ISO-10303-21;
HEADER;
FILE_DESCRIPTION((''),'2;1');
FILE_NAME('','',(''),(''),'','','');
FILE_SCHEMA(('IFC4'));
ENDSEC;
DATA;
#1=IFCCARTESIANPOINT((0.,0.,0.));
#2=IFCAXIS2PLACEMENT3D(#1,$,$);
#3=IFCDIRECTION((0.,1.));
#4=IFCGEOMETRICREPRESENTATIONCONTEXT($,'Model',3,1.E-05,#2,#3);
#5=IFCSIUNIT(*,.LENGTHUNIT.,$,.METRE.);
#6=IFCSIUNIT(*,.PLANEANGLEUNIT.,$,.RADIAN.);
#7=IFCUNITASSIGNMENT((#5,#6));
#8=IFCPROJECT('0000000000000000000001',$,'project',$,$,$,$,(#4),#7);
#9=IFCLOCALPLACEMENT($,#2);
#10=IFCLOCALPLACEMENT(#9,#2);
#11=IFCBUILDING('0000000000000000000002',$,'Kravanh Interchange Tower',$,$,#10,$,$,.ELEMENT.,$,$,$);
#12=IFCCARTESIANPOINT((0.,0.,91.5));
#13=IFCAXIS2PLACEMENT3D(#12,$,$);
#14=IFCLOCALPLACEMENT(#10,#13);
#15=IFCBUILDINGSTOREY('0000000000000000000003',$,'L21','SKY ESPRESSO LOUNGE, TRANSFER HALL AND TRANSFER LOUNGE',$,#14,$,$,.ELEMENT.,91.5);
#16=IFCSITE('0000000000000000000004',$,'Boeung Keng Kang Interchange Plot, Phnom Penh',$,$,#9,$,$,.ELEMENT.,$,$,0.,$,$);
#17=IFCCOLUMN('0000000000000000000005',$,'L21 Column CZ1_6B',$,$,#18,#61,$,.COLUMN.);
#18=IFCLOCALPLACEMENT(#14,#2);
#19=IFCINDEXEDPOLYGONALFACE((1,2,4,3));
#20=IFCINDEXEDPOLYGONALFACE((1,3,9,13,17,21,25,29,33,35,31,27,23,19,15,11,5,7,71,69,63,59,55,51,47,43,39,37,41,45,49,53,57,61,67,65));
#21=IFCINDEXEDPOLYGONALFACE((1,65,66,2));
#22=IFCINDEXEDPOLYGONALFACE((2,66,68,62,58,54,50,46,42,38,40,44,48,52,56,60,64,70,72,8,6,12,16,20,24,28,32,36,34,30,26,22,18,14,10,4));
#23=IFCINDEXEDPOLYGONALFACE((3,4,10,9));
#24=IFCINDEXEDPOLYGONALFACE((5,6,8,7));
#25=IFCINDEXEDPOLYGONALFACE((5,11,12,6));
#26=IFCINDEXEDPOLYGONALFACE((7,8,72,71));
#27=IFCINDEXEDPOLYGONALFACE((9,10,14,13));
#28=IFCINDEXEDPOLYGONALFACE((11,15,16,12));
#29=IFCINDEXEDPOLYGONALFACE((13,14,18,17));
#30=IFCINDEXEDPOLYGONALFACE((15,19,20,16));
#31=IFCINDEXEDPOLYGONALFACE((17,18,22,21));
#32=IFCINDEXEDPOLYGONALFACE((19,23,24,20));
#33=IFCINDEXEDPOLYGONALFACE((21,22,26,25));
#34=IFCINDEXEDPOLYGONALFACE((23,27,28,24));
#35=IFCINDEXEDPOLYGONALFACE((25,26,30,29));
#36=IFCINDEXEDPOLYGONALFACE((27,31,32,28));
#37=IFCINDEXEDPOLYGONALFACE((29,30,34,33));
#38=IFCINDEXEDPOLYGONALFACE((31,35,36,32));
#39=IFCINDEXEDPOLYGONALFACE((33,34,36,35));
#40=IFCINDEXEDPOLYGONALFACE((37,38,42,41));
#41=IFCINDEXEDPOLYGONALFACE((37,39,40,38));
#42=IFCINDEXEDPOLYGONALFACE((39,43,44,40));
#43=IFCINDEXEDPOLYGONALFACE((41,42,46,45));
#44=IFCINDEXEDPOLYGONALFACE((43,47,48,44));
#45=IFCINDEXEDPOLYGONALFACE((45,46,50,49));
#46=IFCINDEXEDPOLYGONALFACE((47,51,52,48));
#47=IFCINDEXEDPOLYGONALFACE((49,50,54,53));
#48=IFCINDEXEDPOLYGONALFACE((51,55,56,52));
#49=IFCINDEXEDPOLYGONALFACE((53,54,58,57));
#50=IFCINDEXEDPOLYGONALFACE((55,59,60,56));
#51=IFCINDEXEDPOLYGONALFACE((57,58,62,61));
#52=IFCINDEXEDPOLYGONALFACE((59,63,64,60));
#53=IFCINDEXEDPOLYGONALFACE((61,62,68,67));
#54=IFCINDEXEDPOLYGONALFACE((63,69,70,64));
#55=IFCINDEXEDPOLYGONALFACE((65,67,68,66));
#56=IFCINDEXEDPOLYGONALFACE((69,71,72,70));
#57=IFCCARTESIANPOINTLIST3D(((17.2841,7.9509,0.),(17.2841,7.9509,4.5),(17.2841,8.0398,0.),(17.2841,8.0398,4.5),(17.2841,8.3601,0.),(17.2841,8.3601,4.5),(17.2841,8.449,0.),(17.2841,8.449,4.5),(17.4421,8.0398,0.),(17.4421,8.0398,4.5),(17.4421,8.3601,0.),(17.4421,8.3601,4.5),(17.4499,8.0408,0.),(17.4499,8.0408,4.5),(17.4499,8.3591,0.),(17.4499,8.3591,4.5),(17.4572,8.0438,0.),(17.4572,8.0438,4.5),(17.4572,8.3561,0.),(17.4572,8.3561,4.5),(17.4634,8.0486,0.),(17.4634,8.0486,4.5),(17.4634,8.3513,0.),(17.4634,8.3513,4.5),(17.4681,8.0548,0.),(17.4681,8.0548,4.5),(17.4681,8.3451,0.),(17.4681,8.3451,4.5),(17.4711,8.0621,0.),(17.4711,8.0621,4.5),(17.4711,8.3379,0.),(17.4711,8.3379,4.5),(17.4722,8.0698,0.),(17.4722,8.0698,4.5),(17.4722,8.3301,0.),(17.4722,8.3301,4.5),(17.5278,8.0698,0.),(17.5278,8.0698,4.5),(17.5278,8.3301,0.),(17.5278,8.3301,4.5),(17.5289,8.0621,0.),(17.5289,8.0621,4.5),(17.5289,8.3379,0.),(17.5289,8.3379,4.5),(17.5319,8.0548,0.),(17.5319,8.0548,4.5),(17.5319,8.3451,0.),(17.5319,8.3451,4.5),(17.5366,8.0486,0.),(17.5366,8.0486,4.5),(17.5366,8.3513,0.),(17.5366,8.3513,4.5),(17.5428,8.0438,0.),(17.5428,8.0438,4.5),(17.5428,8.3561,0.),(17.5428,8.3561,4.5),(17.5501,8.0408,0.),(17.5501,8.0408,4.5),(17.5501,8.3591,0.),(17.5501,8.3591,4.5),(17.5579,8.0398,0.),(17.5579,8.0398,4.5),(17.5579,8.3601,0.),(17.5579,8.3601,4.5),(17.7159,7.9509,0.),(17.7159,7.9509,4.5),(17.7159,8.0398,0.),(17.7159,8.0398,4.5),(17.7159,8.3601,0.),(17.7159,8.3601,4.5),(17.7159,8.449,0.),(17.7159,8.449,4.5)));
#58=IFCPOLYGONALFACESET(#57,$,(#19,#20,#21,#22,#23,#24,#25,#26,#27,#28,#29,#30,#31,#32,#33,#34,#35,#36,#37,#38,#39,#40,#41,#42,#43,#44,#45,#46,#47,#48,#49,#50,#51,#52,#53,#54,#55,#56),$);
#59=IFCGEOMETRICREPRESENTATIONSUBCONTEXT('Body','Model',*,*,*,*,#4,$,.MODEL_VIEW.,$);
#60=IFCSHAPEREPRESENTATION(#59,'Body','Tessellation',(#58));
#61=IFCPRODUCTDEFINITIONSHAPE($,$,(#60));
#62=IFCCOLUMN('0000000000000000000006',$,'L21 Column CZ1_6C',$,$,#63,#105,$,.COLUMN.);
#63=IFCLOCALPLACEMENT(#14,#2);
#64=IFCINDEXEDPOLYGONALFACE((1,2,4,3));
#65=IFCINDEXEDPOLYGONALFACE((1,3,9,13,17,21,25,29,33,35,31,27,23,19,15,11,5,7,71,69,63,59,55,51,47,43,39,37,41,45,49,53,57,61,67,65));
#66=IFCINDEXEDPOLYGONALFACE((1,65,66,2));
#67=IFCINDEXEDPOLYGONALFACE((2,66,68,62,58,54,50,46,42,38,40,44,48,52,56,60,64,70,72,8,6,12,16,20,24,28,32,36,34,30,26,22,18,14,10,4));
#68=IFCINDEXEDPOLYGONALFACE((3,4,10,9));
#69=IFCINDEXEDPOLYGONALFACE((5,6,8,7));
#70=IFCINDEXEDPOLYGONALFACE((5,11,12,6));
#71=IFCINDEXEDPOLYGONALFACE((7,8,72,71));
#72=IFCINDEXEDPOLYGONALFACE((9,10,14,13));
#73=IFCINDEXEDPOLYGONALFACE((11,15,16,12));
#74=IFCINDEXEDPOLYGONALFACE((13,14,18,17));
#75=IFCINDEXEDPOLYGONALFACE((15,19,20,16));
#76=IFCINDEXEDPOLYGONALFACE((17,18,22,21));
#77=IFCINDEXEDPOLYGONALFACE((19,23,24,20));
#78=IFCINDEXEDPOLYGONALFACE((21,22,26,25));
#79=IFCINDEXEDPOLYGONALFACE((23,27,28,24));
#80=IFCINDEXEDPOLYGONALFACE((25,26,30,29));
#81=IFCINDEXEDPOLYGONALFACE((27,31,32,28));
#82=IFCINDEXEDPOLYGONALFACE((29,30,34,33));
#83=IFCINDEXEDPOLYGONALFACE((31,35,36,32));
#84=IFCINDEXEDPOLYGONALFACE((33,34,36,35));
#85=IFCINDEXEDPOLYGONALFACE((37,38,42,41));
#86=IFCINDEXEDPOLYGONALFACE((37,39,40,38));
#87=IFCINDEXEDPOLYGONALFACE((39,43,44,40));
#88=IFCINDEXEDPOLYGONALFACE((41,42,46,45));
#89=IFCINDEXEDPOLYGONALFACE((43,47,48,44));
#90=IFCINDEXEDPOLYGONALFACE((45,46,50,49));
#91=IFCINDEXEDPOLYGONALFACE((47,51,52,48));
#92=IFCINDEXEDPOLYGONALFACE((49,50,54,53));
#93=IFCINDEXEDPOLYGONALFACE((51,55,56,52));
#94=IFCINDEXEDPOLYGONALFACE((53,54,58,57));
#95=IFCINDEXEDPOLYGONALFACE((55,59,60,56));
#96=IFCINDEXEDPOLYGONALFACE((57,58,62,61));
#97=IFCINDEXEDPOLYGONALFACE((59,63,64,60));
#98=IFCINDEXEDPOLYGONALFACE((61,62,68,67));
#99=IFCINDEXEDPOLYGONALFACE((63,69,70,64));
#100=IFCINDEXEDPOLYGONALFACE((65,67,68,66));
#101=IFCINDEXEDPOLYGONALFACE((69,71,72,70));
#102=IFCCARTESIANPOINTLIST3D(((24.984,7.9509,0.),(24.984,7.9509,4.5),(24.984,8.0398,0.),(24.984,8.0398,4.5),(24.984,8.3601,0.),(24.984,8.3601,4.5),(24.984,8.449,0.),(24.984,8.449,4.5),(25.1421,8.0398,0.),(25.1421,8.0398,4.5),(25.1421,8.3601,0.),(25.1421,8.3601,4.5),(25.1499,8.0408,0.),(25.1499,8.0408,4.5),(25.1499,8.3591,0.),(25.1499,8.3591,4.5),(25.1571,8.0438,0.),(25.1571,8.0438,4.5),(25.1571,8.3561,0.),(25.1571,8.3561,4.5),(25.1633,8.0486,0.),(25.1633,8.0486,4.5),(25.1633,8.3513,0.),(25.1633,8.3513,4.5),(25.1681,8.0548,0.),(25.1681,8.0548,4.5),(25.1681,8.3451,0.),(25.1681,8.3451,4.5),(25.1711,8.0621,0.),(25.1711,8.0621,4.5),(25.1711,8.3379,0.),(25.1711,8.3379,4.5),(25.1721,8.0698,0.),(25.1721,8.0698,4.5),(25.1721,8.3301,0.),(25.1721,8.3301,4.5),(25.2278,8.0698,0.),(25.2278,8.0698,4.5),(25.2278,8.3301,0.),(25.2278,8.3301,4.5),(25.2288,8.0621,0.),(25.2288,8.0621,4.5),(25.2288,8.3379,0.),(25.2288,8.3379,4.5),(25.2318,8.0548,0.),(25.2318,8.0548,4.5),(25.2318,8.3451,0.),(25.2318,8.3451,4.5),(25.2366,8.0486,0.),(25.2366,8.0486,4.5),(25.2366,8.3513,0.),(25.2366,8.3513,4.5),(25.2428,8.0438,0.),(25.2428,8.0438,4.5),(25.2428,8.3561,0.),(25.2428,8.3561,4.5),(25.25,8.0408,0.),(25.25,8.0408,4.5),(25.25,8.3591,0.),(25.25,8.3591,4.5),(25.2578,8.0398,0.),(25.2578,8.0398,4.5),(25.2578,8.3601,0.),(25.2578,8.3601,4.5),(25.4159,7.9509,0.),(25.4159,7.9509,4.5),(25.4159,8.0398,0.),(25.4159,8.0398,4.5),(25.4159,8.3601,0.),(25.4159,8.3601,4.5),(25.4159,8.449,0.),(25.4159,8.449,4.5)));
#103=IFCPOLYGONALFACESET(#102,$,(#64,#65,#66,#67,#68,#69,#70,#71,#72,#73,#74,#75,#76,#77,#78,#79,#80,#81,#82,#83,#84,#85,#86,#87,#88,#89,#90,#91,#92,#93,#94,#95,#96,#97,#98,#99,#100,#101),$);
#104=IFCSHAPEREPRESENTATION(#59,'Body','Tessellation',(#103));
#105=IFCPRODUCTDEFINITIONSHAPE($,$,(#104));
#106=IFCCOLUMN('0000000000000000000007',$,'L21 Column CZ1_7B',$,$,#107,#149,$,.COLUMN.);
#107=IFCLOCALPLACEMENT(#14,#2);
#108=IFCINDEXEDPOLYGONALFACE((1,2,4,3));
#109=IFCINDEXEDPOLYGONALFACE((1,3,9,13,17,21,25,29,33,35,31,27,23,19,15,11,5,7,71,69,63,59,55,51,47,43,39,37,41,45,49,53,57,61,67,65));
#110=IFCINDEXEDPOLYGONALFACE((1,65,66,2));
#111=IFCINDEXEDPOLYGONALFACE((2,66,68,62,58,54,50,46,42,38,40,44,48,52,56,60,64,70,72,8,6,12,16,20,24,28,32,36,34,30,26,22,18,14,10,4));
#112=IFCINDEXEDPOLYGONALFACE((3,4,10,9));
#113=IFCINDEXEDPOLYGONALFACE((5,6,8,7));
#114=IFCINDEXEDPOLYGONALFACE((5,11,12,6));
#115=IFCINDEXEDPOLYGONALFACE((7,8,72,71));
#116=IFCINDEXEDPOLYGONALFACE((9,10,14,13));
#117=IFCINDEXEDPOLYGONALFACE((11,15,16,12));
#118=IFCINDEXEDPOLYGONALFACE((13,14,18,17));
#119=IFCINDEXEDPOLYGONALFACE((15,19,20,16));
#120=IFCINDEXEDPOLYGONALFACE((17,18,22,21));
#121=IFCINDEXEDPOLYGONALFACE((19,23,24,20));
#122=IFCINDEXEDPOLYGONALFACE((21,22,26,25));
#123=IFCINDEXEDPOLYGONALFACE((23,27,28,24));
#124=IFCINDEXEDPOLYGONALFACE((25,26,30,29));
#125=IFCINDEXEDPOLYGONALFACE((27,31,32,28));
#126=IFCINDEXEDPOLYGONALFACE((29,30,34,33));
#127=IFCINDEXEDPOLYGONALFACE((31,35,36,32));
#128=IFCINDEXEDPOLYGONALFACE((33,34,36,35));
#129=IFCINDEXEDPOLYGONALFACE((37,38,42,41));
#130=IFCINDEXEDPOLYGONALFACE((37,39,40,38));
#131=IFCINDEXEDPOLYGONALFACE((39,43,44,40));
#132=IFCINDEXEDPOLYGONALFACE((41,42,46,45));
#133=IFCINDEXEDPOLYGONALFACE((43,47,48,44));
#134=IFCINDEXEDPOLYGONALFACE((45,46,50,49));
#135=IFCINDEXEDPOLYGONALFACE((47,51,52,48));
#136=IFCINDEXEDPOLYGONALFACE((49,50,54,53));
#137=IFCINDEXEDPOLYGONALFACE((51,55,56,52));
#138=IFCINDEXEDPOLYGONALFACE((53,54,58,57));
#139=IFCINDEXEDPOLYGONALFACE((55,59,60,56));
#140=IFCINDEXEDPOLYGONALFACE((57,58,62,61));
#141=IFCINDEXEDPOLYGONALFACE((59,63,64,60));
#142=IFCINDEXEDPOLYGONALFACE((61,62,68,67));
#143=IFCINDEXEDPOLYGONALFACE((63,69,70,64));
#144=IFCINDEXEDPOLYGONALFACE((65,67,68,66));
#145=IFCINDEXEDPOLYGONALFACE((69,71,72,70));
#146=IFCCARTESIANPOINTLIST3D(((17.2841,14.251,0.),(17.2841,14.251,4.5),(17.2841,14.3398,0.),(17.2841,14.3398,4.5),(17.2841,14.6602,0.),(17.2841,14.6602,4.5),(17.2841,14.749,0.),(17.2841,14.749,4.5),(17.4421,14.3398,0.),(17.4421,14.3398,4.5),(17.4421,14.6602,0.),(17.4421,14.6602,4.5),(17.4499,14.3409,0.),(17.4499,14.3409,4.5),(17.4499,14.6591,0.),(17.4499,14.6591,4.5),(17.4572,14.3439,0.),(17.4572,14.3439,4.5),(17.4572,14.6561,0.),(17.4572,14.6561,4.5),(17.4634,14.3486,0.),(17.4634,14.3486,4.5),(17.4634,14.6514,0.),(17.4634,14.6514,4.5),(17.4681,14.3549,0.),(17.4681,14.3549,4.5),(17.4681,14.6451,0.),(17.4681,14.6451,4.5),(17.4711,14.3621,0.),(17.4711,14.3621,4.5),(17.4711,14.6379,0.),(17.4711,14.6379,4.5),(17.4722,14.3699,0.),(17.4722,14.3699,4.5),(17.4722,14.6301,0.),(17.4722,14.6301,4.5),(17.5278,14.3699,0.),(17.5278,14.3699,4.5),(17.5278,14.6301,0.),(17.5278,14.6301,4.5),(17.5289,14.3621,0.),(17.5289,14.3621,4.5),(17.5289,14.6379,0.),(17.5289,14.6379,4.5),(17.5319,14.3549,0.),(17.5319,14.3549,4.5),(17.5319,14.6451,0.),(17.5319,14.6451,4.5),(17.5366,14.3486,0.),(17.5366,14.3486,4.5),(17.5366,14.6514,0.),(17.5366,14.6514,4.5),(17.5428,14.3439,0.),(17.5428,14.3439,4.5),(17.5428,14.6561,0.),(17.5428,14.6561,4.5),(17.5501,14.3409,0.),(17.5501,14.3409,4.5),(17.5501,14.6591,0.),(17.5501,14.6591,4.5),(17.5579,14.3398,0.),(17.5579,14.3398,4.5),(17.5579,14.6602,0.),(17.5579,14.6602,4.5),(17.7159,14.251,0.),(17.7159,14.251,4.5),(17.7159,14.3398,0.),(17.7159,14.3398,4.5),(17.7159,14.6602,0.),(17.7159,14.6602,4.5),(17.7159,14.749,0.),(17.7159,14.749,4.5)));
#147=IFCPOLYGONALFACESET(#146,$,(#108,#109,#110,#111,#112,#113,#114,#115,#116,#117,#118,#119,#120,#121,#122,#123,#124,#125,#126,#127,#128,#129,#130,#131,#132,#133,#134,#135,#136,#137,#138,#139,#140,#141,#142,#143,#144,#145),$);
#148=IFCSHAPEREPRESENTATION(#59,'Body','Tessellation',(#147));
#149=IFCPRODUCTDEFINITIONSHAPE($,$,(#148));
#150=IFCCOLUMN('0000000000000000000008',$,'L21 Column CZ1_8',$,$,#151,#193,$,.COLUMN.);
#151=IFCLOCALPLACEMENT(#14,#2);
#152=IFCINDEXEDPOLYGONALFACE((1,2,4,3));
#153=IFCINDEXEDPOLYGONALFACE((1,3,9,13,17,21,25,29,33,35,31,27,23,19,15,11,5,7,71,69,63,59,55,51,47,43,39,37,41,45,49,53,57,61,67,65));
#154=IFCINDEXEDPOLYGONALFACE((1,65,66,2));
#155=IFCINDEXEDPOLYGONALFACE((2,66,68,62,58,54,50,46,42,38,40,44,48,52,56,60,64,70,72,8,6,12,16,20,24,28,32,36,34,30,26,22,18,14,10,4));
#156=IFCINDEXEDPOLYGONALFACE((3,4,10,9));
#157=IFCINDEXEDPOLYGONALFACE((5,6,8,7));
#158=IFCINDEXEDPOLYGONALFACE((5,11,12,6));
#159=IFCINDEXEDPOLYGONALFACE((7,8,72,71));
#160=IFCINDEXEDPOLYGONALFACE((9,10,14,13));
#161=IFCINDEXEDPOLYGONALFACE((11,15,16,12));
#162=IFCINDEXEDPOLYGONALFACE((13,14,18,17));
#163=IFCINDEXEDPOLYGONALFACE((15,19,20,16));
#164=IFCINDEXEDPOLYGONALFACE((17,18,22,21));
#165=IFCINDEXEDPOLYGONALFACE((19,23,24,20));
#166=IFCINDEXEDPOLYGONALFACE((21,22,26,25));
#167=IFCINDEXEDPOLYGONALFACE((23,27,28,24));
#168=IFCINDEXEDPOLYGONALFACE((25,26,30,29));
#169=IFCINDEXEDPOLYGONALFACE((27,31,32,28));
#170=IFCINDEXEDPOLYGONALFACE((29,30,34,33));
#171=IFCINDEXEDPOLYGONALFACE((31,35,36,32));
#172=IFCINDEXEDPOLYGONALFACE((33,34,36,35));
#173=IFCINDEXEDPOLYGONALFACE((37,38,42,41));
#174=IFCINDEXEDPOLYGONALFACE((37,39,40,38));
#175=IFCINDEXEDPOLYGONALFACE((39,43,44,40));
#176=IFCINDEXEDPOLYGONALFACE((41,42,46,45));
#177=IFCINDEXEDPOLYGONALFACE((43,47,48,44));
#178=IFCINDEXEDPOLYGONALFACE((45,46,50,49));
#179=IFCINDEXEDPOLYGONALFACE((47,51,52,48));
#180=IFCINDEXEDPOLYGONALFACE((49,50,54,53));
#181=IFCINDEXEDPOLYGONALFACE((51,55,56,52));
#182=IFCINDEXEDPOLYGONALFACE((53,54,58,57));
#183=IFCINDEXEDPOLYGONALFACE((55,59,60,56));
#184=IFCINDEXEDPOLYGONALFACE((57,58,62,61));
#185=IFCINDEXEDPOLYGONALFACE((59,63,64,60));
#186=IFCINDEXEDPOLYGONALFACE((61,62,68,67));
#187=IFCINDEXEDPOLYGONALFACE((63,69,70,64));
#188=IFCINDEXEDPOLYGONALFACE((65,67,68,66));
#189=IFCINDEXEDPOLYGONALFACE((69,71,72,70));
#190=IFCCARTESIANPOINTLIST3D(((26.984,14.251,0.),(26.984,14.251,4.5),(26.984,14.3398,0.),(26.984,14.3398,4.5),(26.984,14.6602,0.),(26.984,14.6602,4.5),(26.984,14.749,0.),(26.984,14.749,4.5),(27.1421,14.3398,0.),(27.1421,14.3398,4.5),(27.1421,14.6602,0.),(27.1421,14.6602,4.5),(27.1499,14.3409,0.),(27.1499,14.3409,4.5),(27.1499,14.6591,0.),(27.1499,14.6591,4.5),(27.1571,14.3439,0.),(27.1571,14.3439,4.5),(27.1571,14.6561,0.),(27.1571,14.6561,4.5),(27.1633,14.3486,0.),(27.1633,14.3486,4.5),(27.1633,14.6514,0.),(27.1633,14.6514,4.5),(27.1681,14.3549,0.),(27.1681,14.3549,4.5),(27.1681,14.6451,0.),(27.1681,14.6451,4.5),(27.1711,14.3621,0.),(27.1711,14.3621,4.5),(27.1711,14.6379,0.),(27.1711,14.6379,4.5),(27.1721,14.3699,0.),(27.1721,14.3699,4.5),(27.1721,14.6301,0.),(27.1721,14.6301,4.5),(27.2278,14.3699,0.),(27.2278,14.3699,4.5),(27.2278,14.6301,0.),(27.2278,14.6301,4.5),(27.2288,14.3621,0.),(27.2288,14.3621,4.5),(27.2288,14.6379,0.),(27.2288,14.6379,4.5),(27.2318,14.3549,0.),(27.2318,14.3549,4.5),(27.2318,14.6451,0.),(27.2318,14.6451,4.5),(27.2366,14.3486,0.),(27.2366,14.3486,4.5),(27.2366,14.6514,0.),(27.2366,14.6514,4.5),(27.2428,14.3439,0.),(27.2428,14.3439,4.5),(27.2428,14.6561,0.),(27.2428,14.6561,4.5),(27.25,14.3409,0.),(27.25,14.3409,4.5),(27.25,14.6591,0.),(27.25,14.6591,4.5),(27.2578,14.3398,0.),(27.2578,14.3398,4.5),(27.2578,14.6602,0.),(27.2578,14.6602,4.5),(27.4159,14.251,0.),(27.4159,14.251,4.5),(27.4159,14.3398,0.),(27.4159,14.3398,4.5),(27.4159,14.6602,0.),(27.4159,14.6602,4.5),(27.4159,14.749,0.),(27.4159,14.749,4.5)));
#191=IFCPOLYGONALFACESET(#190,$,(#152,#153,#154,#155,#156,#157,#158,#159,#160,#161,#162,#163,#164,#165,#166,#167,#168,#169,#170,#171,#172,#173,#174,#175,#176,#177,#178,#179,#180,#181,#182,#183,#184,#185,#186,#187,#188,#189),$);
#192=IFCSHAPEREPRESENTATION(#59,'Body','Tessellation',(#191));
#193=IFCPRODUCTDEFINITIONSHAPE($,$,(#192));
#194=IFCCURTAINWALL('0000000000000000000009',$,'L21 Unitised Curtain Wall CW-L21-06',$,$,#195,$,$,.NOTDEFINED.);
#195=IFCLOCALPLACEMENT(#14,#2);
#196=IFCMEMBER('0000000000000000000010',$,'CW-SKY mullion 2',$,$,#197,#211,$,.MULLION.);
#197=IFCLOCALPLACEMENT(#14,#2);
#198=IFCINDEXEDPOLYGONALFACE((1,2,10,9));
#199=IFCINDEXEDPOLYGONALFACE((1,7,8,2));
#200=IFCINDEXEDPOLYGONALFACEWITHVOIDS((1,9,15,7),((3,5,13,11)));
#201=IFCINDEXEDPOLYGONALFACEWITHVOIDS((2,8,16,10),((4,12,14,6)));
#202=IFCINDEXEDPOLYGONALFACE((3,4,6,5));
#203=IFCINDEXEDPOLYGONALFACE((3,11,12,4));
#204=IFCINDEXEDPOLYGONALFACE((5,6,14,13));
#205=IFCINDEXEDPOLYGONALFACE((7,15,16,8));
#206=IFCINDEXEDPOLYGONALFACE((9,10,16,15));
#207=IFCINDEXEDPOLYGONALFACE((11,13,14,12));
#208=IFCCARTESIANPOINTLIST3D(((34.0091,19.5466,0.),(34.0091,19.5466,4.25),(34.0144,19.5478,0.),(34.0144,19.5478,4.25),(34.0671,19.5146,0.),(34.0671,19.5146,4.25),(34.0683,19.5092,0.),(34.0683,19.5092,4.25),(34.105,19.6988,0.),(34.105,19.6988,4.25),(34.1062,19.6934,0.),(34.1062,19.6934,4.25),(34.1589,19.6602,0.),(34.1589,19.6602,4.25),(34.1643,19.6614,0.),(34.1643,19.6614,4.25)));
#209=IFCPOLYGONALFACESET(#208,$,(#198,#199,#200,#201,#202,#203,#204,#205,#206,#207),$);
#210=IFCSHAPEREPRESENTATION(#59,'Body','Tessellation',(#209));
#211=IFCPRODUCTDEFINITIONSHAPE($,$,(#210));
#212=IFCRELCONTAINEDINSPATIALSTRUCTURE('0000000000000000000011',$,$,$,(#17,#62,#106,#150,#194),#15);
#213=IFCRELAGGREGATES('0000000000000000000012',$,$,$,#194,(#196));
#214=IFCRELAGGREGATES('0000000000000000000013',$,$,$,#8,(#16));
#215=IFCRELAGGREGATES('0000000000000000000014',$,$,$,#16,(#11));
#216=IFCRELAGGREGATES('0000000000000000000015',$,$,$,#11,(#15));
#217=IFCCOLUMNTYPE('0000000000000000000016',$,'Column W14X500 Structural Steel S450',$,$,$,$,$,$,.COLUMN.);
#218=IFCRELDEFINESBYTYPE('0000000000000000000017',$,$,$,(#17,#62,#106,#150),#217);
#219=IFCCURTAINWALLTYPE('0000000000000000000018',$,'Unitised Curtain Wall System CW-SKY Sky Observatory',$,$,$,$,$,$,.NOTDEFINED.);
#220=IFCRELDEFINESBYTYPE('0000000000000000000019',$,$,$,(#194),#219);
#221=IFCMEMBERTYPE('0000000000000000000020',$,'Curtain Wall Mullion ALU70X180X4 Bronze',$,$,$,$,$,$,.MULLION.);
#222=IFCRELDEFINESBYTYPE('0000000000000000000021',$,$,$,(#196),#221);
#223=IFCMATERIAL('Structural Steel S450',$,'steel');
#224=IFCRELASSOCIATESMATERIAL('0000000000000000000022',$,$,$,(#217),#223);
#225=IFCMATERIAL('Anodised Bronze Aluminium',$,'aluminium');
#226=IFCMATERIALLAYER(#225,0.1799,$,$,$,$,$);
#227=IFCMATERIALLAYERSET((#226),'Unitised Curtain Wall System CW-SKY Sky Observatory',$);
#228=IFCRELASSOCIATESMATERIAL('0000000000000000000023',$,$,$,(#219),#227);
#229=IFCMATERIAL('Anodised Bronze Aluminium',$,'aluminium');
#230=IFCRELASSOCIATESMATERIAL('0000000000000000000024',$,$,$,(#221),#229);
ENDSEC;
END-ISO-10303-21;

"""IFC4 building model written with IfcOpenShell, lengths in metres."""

from ifc_helpers import new_model, si_unit, direction, frame, origin, origin_2d, place, context, subcontext, project, spatial, hollow_rectangle, i_section, extrude, material, layer, layer_set, material_profile, profile_set, type_object, element, aggregate, save


model = new_model("IFC4")

# Units and contexts
model_context = context("Model", 3, precision=1e-05, world=origin(), true_north=direction((0.0, 1.0)))
body_context = subcontext(model_context, "Body", "Model", "MODEL_VIEW")
ifc_project = project(units=[si_unit("LENGTHUNIT", "METRE"), si_unit("PLANEANGLEUNIT", "RADIAN")], contexts=[model_context])

# Site, building, storey
site_placement = place(None, origin())
site = spatial("IfcSite", under=ifc_project, at=site_placement, Name="Boeung Keng Kang Interchange Plot, Phnom Penh", CompositionType="ELEMENT", RefElevation=0.0)
building_placement = place(site_placement, origin())
building = spatial("IfcBuilding", under=site, at=building_placement, Name="Kravanh Interchange Tower", CompositionType="ELEMENT")
storey_placement = place(building_placement, frame((0.0, 0.0, 91.5)))
storey = spatial("IfcBuildingStorey", under=building, at=storey_placement, Name="L21", Description="SKY ESPRESSO LOUNGE, TRANSFER HALL AND TRANSFER LOUNGE", CompositionType="ELEMENT", Elevation=91.5)

# Columns
ifc_material_1 = material(Name="Structural Steel S450", Category="steel")
ifc_material_profile_1 = material_profile(ifc_material_1, i_section(OverallWidth=0.4319, OverallDepth=0.498, WebThickness=0.0557, FlangeThickness=0.0889, FilletRadius=0.03, at=origin_2d()), Name="W14X500")
ifc_profile_set_1 = profile_set([ifc_material_profile_1], Name="Structural Steel S450")
column_type = type_object("IfcColumnType", Name="Column W14X500 Structural Steel S450", PredefinedType="COLUMN", material=ifc_profile_set_1)
for number, where, z_axis, x_axis, name in (
    (1, (17.5, 8.2, 0.0), (0.0, 0.0, 1.0), (1.0, 0.0, 0.0), "L21 Column CZ1_6B"),
    (2, (25.2, 8.2, 0.0), (0.0, 0.0, 1.0), (1.0, 0.0, 0.0), "L21 Column CZ1_6C"),
    (3, (17.5, 14.5, 0.0), (0.0, 0.0, 1.0), (1.0, 0.0, 0.0), "L21 Column CZ1_7B"),
    (4, (27.2, 14.5, 0.0), (0.0, 0.0, 1.0), (1.0, 0.0, 0.0), "L21 Column CZ1_8"),
):
    element("IfcColumn", number, at=place(storey_placement, frame(where, z_axis=z_axis, x_axis=x_axis)), inside=storey, type_object=column_type, Name=name, PredefinedType="COLUMN", context=body_context, shape_type="SweptSolid", body=[
        extrude(i_section(OverallWidth=0.4319, OverallDepth=0.498, WebThickness=0.0557, FlangeThickness=0.0889, FilletRadius=0.03, at=origin_2d()), origin(), (0.0, 0.0, 1.0), 4.5),
    ])

# Curtain wall, member
ifc_material_2 = material(Name="Anodised Bronze Aluminium", Category="aluminium")
ifc_layer_1 = layer(ifc_material_2, 0.1799)
ifc_layer_set_1 = layer_set([ifc_layer_1], Name="Unitised Curtain Wall System CW-SKY Sky Observatory")
curtain_wall_type = type_object("IfcCurtainWallType", Name="Unitised Curtain Wall System CW-SKY Sky Observatory", PredefinedType="NOTDEFINED", material=ifc_layer_set_1)
curtain_wall_placement = place(storey_placement, origin())
curtain_wall = element("IfcCurtainWall", 5, at=curtain_wall_placement, inside=storey, type_object=curtain_wall_type, Name="L21 Unitised Curtain Wall CW-L21-06", PredefinedType="NOTDEFINED")
ifc_material_3 = material(Name="Anodised Bronze Aluminium", Category="aluminium")
ifc_material_profile_2 = material_profile(ifc_material_3, hollow_rectangle(XDim=0.0701, YDim=0.1799, WallThickness=0.0039, at=origin_2d()), Name="ALU70X180X4")
ifc_profile_set_2 = profile_set([ifc_material_profile_2], Name="Anodised Bronze Aluminium")
member_type_1 = type_object("IfcMemberType", Name="Curtain Wall Mullion ALU70X180X4 Bronze", PredefinedType="MULLION", material=ifc_profile_set_2)
member_1_placement = place(storey_placement, frame((34.0867, 19.604, 0.0), z_axis=(0.0, 0.0, 1.0), x_axis=(0.845926, -0.533301, 0.0)))
member_1 = element("IfcMember", 6, at=member_1_placement, type_object=member_type_1, Name="CW-SKY mullion 2", PredefinedType="MULLION", context=body_context, shape_type="SweptSolid", body=[
    extrude(hollow_rectangle(XDim=0.0701, YDim=0.1799, WallThickness=0.0039, at=origin_2d()), origin(), (0.0, 0.0, 1.0), 4.25),
])

aggregate(curtain_wall, [member_1])

save(model, "model.ifc")
